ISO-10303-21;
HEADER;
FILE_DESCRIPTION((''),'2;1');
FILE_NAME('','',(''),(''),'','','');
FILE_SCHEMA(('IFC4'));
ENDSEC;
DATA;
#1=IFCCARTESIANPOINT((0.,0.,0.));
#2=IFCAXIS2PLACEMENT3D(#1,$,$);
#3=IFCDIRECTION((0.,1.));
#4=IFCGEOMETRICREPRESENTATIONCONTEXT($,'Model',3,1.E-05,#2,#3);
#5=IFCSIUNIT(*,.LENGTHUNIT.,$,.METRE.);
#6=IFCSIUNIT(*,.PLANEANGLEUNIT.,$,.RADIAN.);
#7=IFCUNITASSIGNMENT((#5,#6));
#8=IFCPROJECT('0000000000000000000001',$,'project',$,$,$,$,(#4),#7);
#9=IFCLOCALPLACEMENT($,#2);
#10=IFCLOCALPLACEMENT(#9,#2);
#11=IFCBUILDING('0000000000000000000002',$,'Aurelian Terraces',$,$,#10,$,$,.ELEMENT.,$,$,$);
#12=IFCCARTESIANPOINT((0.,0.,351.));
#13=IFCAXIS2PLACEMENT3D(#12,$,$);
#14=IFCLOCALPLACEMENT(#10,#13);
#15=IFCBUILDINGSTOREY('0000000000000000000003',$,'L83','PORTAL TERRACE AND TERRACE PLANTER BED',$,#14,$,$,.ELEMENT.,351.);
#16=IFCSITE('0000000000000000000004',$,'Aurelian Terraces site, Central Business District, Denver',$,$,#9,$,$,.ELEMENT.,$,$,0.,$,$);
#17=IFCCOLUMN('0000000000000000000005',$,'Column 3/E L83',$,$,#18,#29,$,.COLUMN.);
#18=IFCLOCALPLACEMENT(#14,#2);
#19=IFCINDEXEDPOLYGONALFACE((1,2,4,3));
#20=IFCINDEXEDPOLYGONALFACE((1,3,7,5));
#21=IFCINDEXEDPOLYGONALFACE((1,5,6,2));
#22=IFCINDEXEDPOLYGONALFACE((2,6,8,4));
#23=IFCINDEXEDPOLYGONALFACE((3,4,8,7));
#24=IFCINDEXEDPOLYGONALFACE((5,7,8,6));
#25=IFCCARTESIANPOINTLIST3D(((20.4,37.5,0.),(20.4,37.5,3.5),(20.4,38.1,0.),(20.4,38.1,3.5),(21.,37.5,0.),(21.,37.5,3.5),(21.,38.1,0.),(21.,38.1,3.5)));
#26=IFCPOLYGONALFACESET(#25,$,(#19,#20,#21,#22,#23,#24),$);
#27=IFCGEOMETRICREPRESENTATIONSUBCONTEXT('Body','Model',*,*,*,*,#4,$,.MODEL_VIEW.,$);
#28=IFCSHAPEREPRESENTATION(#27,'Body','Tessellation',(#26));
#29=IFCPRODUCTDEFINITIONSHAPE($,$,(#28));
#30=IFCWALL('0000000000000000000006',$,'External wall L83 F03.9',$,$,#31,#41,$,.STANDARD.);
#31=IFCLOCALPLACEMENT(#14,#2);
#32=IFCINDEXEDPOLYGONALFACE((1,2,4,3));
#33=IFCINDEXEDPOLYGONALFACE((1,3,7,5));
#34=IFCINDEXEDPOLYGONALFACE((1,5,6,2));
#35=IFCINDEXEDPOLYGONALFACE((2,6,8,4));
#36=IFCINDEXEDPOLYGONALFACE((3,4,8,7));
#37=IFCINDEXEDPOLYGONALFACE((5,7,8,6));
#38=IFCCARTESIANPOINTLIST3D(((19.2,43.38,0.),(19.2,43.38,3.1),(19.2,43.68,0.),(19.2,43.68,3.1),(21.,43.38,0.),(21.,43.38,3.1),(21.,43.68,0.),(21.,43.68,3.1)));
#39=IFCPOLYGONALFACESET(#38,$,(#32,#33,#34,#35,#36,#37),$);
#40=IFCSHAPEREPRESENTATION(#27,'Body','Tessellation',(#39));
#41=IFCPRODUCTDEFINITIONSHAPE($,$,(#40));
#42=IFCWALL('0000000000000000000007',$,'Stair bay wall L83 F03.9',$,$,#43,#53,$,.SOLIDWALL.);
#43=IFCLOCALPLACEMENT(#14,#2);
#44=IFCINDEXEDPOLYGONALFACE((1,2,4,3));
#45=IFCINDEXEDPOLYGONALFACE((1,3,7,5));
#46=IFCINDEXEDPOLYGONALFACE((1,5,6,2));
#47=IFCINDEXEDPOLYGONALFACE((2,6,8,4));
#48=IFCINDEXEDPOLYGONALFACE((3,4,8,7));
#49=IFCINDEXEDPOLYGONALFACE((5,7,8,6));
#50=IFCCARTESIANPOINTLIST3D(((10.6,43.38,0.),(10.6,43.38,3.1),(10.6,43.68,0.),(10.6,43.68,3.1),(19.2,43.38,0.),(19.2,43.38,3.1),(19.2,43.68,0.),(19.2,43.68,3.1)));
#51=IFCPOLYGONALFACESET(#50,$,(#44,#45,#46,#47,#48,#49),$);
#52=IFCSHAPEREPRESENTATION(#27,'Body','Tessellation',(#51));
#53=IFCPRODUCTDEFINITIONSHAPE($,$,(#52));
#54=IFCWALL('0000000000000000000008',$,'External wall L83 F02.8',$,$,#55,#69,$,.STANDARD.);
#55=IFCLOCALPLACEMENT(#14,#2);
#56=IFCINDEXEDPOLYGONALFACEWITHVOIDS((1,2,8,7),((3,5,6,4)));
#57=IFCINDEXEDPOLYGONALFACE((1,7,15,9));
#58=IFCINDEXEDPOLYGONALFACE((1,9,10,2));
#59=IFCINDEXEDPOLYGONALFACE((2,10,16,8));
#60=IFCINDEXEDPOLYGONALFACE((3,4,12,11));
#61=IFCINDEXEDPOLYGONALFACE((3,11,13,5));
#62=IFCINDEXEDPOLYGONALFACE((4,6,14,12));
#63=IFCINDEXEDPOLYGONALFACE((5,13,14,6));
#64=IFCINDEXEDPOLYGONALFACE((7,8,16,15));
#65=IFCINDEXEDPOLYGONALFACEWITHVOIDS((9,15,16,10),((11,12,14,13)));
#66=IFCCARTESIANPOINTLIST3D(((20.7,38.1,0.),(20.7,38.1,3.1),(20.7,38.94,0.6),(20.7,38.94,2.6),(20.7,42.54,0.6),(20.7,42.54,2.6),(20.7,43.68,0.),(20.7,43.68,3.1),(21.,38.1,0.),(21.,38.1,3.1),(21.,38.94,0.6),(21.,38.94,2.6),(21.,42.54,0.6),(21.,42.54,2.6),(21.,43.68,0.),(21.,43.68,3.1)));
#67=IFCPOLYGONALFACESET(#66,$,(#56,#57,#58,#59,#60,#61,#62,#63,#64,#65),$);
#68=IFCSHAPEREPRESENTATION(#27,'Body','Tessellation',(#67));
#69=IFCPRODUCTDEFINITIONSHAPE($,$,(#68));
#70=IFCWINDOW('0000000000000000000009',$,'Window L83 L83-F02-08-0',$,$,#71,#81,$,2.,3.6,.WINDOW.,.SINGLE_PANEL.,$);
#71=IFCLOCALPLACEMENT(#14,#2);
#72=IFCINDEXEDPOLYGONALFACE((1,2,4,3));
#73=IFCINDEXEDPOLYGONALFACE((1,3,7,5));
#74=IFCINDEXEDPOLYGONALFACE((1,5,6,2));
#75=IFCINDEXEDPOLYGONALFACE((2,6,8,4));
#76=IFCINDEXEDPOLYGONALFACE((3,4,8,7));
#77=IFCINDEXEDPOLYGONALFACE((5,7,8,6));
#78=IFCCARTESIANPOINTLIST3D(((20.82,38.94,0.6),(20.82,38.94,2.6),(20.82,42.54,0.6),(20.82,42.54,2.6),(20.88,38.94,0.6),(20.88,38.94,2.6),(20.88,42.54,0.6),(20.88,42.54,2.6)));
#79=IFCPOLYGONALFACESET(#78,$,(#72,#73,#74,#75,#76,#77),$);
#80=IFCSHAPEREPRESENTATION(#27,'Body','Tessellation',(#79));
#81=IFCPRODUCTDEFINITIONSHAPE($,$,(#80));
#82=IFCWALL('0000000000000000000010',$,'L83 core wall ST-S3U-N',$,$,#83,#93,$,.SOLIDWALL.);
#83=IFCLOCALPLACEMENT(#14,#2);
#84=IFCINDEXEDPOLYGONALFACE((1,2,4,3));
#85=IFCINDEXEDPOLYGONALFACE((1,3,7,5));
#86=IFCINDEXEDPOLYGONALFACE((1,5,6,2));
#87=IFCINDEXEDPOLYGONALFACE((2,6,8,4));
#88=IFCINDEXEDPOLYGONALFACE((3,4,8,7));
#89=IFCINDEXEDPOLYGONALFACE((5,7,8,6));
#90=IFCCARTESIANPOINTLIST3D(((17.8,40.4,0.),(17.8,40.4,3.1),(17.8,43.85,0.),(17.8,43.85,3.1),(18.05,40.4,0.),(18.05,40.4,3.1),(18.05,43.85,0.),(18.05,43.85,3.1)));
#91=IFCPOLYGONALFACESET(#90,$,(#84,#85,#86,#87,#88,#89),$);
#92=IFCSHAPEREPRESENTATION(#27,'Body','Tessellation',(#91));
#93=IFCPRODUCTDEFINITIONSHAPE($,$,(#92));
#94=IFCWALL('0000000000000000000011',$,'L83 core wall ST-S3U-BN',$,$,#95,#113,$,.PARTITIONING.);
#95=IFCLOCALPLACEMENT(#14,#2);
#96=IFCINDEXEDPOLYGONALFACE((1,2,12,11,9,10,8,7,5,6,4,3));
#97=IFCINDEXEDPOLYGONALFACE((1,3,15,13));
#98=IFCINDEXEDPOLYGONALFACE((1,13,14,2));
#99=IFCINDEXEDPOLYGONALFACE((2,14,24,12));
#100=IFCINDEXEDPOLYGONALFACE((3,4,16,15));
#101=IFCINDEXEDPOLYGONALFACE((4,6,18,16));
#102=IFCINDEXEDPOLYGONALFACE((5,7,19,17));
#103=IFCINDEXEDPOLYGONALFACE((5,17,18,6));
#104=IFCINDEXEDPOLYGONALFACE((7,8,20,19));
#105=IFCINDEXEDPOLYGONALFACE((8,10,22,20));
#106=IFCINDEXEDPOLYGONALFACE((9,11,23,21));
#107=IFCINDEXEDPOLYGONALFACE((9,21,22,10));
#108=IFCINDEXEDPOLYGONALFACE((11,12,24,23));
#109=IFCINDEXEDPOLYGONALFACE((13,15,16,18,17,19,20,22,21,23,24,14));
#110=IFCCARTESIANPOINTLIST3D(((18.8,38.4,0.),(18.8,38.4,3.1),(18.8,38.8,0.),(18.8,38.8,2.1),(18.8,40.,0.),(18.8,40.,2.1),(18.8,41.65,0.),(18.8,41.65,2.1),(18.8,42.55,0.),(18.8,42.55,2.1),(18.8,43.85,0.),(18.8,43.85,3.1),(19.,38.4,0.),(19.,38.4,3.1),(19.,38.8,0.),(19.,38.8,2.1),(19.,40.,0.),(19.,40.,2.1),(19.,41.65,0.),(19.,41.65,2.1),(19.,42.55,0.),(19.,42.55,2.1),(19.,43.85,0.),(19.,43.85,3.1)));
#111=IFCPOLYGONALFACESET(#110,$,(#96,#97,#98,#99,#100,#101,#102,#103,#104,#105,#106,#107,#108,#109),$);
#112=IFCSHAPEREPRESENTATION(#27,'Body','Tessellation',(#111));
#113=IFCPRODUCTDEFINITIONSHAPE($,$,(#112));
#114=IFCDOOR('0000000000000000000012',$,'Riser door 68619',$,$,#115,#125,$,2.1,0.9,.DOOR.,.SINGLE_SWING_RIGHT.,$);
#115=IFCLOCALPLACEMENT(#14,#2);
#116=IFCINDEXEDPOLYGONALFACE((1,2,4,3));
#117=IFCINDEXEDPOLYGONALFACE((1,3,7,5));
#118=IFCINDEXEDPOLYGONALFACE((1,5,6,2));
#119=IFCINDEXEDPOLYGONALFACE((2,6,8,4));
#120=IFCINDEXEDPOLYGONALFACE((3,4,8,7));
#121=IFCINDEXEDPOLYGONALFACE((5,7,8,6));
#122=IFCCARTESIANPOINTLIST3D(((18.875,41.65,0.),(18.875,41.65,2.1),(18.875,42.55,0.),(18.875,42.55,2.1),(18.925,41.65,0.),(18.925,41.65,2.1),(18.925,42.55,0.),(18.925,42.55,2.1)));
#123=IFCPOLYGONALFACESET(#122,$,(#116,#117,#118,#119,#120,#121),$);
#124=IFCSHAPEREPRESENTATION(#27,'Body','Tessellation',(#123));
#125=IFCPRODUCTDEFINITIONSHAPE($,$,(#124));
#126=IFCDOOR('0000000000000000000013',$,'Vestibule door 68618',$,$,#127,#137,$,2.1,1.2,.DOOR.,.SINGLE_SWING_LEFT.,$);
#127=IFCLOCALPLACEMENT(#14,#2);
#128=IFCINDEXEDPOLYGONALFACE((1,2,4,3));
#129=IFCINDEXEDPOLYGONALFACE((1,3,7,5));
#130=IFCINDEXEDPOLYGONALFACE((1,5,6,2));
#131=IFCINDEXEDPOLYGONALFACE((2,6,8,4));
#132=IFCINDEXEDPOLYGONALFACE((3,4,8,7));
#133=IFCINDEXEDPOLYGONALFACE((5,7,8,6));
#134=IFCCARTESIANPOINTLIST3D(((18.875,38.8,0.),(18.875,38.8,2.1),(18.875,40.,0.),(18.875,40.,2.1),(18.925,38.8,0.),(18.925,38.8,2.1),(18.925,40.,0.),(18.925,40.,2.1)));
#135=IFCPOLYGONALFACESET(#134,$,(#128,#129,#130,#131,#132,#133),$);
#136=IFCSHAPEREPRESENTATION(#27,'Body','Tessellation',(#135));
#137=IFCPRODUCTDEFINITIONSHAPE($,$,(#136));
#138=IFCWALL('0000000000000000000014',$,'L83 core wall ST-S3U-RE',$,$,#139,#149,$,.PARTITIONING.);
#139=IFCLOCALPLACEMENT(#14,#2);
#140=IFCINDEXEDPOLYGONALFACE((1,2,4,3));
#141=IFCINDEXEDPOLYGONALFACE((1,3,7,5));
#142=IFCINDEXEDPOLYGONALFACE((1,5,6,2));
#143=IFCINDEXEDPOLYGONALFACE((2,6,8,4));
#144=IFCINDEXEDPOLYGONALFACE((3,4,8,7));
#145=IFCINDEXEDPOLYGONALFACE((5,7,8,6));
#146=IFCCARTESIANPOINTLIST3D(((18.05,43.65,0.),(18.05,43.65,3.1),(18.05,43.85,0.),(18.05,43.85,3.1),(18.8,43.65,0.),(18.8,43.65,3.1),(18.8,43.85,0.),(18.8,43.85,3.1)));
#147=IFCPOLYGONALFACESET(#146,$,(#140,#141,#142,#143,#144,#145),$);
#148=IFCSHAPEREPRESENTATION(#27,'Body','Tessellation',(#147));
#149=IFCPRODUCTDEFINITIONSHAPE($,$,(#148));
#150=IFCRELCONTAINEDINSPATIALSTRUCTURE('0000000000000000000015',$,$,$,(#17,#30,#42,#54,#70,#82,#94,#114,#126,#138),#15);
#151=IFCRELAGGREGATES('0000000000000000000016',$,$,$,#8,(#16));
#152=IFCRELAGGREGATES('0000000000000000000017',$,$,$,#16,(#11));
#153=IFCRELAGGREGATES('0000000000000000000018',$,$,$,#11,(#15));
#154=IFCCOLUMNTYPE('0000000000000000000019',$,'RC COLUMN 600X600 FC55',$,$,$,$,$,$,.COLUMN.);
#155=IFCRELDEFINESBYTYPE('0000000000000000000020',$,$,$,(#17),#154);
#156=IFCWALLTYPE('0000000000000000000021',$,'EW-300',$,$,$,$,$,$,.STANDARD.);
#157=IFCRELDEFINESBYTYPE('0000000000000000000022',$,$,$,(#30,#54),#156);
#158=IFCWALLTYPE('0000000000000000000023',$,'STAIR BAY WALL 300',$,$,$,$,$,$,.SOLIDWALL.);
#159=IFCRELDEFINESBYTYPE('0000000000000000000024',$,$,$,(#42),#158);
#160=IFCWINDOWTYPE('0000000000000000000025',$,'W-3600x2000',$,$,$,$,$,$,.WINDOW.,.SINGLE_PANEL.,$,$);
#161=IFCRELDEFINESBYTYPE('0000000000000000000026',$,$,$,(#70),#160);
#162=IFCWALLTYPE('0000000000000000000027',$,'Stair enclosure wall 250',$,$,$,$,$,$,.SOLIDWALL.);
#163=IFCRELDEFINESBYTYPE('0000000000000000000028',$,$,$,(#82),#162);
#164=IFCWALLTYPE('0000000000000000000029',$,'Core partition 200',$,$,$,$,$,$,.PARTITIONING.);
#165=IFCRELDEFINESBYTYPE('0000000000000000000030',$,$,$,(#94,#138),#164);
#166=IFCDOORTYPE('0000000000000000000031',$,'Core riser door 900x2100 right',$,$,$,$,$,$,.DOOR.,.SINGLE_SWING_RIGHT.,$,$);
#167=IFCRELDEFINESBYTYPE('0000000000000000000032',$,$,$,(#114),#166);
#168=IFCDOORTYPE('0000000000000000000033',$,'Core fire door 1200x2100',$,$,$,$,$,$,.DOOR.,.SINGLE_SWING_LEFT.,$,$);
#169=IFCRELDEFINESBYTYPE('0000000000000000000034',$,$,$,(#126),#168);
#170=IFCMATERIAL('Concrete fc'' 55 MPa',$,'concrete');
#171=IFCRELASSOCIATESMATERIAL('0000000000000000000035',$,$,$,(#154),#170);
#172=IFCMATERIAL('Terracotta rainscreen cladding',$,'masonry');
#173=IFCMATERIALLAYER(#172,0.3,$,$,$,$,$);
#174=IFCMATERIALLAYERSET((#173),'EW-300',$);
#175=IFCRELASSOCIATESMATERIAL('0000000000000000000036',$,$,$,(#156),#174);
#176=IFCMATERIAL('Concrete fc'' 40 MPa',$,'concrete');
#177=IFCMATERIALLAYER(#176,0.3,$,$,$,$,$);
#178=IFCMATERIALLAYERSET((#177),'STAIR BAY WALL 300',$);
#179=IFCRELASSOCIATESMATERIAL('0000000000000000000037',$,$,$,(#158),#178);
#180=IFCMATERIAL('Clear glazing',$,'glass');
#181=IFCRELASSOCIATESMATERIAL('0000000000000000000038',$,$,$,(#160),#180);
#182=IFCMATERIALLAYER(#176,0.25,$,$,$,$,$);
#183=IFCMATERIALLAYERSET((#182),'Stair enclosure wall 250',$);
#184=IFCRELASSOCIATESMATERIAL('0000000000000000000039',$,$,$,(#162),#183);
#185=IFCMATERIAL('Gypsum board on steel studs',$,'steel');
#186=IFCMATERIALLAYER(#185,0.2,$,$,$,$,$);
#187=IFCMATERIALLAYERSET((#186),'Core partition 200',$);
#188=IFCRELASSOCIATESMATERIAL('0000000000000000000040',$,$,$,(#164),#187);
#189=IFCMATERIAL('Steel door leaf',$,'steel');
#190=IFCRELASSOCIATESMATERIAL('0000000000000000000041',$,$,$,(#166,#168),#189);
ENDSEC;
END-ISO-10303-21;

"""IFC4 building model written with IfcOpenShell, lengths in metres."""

from ifc_helpers import new_model, si_unit, direction, frame, frame_2d, origin, origin_2d, place, context, subcontext, project, spatial, rectangle, extrude, source, transform, mapped, material, layer, layer_set, material_profile, profile_set, type_object, element, fill, save


model = new_model("IFC4")

# Units and contexts
model_context = context("Model", 3, precision=1e-05, world=origin(), true_north=direction((0.0, 1.0)))
body_context = subcontext(model_context, "Body", "Model", "MODEL_VIEW")
ifc_project = project(units=[si_unit("LENGTHUNIT", "METRE"), si_unit("PLANEANGLEUNIT", "RADIAN")], contexts=[model_context])

# Site, building, storey
site_placement = place(None, origin())
site = spatial("IfcSite", under=ifc_project, at=site_placement, Name="Aurelian Terraces site, Central Business District, Denver", CompositionType="ELEMENT", RefElevation=0.0)
building_placement = place(site_placement, origin())
building = spatial("IfcBuilding", under=site, at=building_placement, Name="Aurelian Terraces", CompositionType="ELEMENT")
storey_placement = place(building_placement, frame((0.0, 0.0, 351.0)))
storey = spatial("IfcBuildingStorey", under=building, at=storey_placement, Name="L83", Description="PORTAL TERRACE AND TERRACE PLANTER BED", CompositionType="ELEMENT", Elevation=351.0)

# Column
ifc_material_1 = material(Name="Concrete fc' 55 MPa", Category="concrete")
ifc_material_profile = material_profile(ifc_material_1, rectangle(XDim=0.6, YDim=0.6, at=origin_2d()))
ifc_profile_set = profile_set([ifc_material_profile], Name="Concrete fc' 55 MPa")
column_type = type_object("IfcColumnType", Name="RC COLUMN 600X600 FC55", PredefinedType="COLUMN", material=ifc_profile_set)
shared_shape_1 = source(origin(), body_context, "Body", "SweptSolid", [
    extrude(rectangle(XDim=0.6, YDim=0.6, at=origin_2d()), origin(), (0.0, 0.0, 1.0), 3.5),
])
column_placement = place(storey_placement, frame((20.7, 37.8, 0.0), z_axis=(0.0, 0.0, 1.0), x_axis=(1.0, 0.0, 0.0)))
element("IfcColumn", 1, at=column_placement, inside=storey, type_object=column_type, Name="Column 3/E L83", PredefinedType="COLUMN", context=body_context, shape_type="MappedRepresentation", body=[
    mapped(shared_shape_1, transform((0.0, 0.0, 0.0), scale=1.0)),
])

# Walls
ifc_material_2 = material(Name="Terracotta rainscreen cladding", Category="masonry")
ifc_layer_1 = layer(ifc_material_2, 0.3)
ifc_layer_set_1 = layer_set([ifc_layer_1], Name="EW-300")
wall_type_1 = type_object("IfcWallType", Name="EW-300", PredefinedType="STANDARD", material=ifc_layer_set_1)
shared_shape_2 = source(origin(), body_context, "Body", "SweptSolid", [
    extrude(rectangle(XDim=1.8, YDim=0.3, at=frame_2d((0.9, 0.0))), origin(), (0.0, 0.0, 1.0), 3.1),
])
wall_1_placement = place(storey_placement, frame((21.0, 43.53, 0.0), z_axis=(0.0, 0.0, 1.0), x_axis=(-1.0, 0.0, 0.0)))
element("IfcWall", 2, at=wall_1_placement, inside=storey, type_object=wall_type_1, Name="External wall L83 F03.9", PredefinedType="STANDARD", context=body_context, shape_type="MappedRepresentation", body=[
    mapped(shared_shape_2, transform((0.0, 0.0, 0.0), scale=1.0)),
])
ifc_material_3 = material(Name="Concrete fc' 40 MPa", Category="concrete")
ifc_layer_2 = layer(ifc_material_3, 0.3)
ifc_layer_set_2 = layer_set([ifc_layer_2], Name="STAIR BAY WALL 300")
wall_type_2 = type_object("IfcWallType", Name="STAIR BAY WALL 300", PredefinedType="SOLIDWALL", material=ifc_layer_set_2)
shared_shape_3 = source(origin(), body_context, "Body", "SweptSolid", [
    extrude(rectangle(XDim=8.6, YDim=0.3, at=frame_2d((4.3, 0.0))), origin(), (0.0, 0.0, 1.0), 3.1),
])
wall_2_placement = place(storey_placement, frame((19.2, 43.53, 0.0), z_axis=(0.0, 0.0, 1.0), x_axis=(-1.0, 0.0, 0.0)))
element("IfcWall", 3, at=wall_2_placement, inside=storey, type_object=wall_type_2, Name="Stair bay wall L83 F03.9", PredefinedType="SOLIDWALL", context=body_context, shape_type="MappedRepresentation", body=[
    mapped(shared_shape_3, transform((0.0, 0.0, 0.0), scale=1.0)),
])

# Wall, opening, window
shared_shape_4 = source(origin(), body_context, "Body", "SweptSolid", [
    extrude(rectangle(XDim=5.58, YDim=0.3, at=frame_2d((2.79, 0.0))), origin(), (0.0, 0.0, 1.0), 3.1),
])
wall_3_placement = place(storey_placement, frame((20.85, 38.1, 0.0), z_axis=(0.0, 0.0, 1.0), x_axis=(0.0, 1.0, 0.0)))
wall_3 = element("IfcWall", 4, at=wall_3_placement, inside=storey, type_object=wall_type_1, Name="External wall L83 F02.8", PredefinedType="STANDARD", context=body_context, shape_type="MappedRepresentation", body=[
    mapped(shared_shape_4, transform((0.0, 0.0, 0.0), scale=1.0)),
])
shared_shape_5 = source(origin(), body_context, "Body", "SweptSolid", [
    extrude(rectangle(XDim=3.6, YDim=2.0, at=frame_2d((1.8, 1.0))), frame((0.0, 0.16, 0.0), z_axis=(0.0, -1.0, 0.0), x_axis=(1.0, 0.0, 0.0)), (0.0, 0.0, 1.0), 0.32),
])
opening_1_placement = place(wall_3_placement, frame((0.84, 0.0, 0.6)))
opening_1 = element("IfcOpeningElement", 5, at=opening_1_placement, cuts=wall_3, PredefinedType="OPENING", context=body_context, shape_type="MappedRepresentation", body=[
    mapped(shared_shape_5, transform((0.0, 0.0, 0.0), scale=1.0)),
])
ifc_material_4 = material(Name="Clear glazing", Category="glass")
window_type = type_object("IfcWindowType", Name="W-3600x2000", PartitioningType="SINGLE_PANEL", PredefinedType="WINDOW", material=ifc_material_4)
shared_shape_6 = source(origin(), body_context, "Body", "SweptSolid", [
    extrude(rectangle(XDim=3.6, YDim=2.0, at=frame_2d((1.8, 1.0))), frame((0.0, 0.03, 0.0), z_axis=(0.0, -1.0, 0.0), x_axis=(1.0, 0.0, 0.0)), (0.0, 0.0, 1.0), 0.06),
])
window_placement = place(opening_1_placement, origin())
window = element("IfcWindow", 6, at=window_placement, inside=storey, type_object=window_type, Name="Window L83 L83-F02-08-0", OverallHeight=2.0, OverallWidth=3.6, PartitioningType="SINGLE_PANEL", PredefinedType="WINDOW", context=body_context, shape_type="MappedRepresentation", body=[
    mapped(shared_shape_6, transform((0.0, 0.0, 0.0), scale=1.0)),
])
fill(opening_1, window)

# Wall
ifc_layer_3 = layer(ifc_material_3, 0.25)
ifc_layer_set_3 = layer_set([ifc_layer_3], Name="Stair enclosure wall 250")
wall_type_3 = type_object("IfcWallType", Name="Stair enclosure wall 250", PredefinedType="SOLIDWALL", material=ifc_layer_set_3)
shared_shape_7 = source(origin(), body_context, "Body", "SweptSolid", [
    extrude(rectangle(XDim=3.45, YDim=0.25, at=frame_2d((1.725, 0.0))), origin(), (0.0, 0.0, 1.0), 3.1),
])
wall_4_placement = place(storey_placement, frame((17.925, 40.4, 0.0), z_axis=(0.0, 0.0, 1.0), x_axis=(0.0, 1.0, 0.0)))
element("IfcWall", 7, at=wall_4_placement, inside=storey, type_object=wall_type_3, Name="L83 core wall ST-S3U-N", PredefinedType="SOLIDWALL", context=body_context, shape_type="MappedRepresentation", body=[
    mapped(shared_shape_7, transform((0.0, 0.0, 0.0), scale=1.0)),
])

# Wall, openings, doors
ifc_material_5 = material(Name="Gypsum board on steel studs", Category="steel")
ifc_layer_4 = layer(ifc_material_5, 0.2)
ifc_layer_set_4 = layer_set([ifc_layer_4], Name="Core partition 200")
wall_type_4 = type_object("IfcWallType", Name="Core partition 200", PredefinedType="PARTITIONING", material=ifc_layer_set_4)
shared_shape_8 = source(origin(), body_context, "Body", "SweptSolid", [
    extrude(rectangle(XDim=5.45, YDim=0.2, at=frame_2d((2.725, 0.0))), origin(), (0.0, 0.0, 1.0), 3.1),
])
wall_5_placement = place(storey_placement, frame((18.9, 38.4, 0.0), z_axis=(0.0, 0.0, 1.0), x_axis=(0.0, 1.0, 0.0)))
wall_5 = element("IfcWall", 8, at=wall_5_placement, inside=storey, type_object=wall_type_4, Name="L83 core wall ST-S3U-BN", PredefinedType="PARTITIONING", context=body_context, shape_type="MappedRepresentation", body=[
    mapped(shared_shape_8, transform((0.0, 0.0, 0.0), scale=1.0)),
])
shared_shape_9 = source(origin(), body_context, "Body", "SweptSolid", [
    extrude(rectangle(XDim=1.2, YDim=2.1, at=frame_2d((0.6, 1.05))), frame((0.0, 0.11, 0.0), z_axis=(0.0, -1.0, 0.0), x_axis=(1.0, 0.0, 0.0)), (0.0, 0.0, 1.0), 0.22),
])
opening_2_placement = place(wall_5_placement, frame((0.4, 0.0, 0.0)))
opening_2 = element("IfcOpeningElement", 9, at=opening_2_placement, cuts=wall_5, PredefinedType="OPENING", context=body_context, shape_type="MappedRepresentation", body=[
    mapped(shared_shape_9, transform((0.0, 0.0, 0.0), scale=1.0)),
])
shared_shape_10 = source(origin(), body_context, "Body", "SweptSolid", [
    extrude(rectangle(XDim=0.9, YDim=2.1, at=frame_2d((0.45, 1.05))), frame((0.0, 0.11, 0.0), z_axis=(0.0, -1.0, 0.0), x_axis=(1.0, 0.0, 0.0)), (0.0, 0.0, 1.0), 0.22),
])
opening_3_placement = place(wall_5_placement, frame((3.25, 0.0, 0.0)))
opening_3 = element("IfcOpeningElement", 10, at=opening_3_placement, cuts=wall_5, PredefinedType="OPENING", context=body_context, shape_type="MappedRepresentation", body=[
    mapped(shared_shape_10, transform((0.0, 0.0, 0.0), scale=1.0)),
])
ifc_material_6 = material(Name="Steel door leaf", Category="steel")
door_type_1 = type_object("IfcDoorType", Name="Core riser door 900x2100 right", OperationType="SINGLE_SWING_RIGHT", PredefinedType="DOOR", material=ifc_material_6)
shared_shape_11 = source(origin(), body_context, "Body", "SweptSolid", [
    extrude(rectangle(XDim=0.9, YDim=2.1, at=frame_2d((0.45, 1.05))), frame((0.0, 0.025, 0.0), z_axis=(0.0, -1.0, 0.0), x_axis=(1.0, 0.0, 0.0)), (0.0, 0.0, 1.0), 0.05),
])
door_1_placement = place(opening_3_placement, origin())
door_1 = element("IfcDoor", 11, at=door_1_placement, inside=storey, type_object=door_type_1, Name="Riser door 68619", OperationType="SINGLE_SWING_RIGHT", OverallHeight=2.1, OverallWidth=0.9, PredefinedType="DOOR", context=body_context, shape_type="MappedRepresentation", body=[
    mapped(shared_shape_11, transform((0.0, 0.0, 0.0), scale=1.0)),
])
fill(opening_3, door_1)
door_type_2 = type_object("IfcDoorType", Name="Core fire door 1200x2100", OperationType="SINGLE_SWING_LEFT", PredefinedType="DOOR", material=ifc_material_6)
shared_shape_12 = source(origin(), body_context, "Body", "SweptSolid", [
    extrude(rectangle(XDim=1.2, YDim=2.1, at=frame_2d((0.6, 1.05))), frame((0.0, 0.025, 0.0), z_axis=(0.0, -1.0, 0.0), x_axis=(1.0, 0.0, 0.0)), (0.0, 0.0, 1.0), 0.05),
])
door_2_placement = place(opening_2_placement, origin())
door_2 = element("IfcDoor", 12, at=door_2_placement, inside=storey, type_object=door_type_2, Name="Vestibule door 68618", OperationType="SINGLE_SWING_LEFT", OverallHeight=2.1, OverallWidth=1.2, PredefinedType="DOOR", context=body_context, shape_type="MappedRepresentation", body=[
    mapped(shared_shape_12, transform((0.0, 0.0, 0.0), scale=1.0)),
])
fill(opening_2, door_2)

# Wall
shared_shape_13 = source(origin(), body_context, "Body", "SweptSolid", [
    extrude(rectangle(XDim=0.75, YDim=0.2, at=frame_2d((0.375, 0.0))), origin(), (0.0, 0.0, 1.0), 3.1),
])
wall_6_placement = place(storey_placement, frame((18.05, 43.75, 0.0), z_axis=(0.0, 0.0, 1.0), x_axis=(1.0, 0.0, 0.0)))
element("IfcWall", 13, at=wall_6_placement, inside=storey, type_object=wall_type_4, Name="L83 core wall ST-S3U-RE", PredefinedType="PARTITIONING", context=body_context, shape_type="MappedRepresentation", body=[
    mapped(shared_shape_13, transform((0.0, 0.0, 0.0), scale=1.0)),
])

save(model, "model.ifc")
